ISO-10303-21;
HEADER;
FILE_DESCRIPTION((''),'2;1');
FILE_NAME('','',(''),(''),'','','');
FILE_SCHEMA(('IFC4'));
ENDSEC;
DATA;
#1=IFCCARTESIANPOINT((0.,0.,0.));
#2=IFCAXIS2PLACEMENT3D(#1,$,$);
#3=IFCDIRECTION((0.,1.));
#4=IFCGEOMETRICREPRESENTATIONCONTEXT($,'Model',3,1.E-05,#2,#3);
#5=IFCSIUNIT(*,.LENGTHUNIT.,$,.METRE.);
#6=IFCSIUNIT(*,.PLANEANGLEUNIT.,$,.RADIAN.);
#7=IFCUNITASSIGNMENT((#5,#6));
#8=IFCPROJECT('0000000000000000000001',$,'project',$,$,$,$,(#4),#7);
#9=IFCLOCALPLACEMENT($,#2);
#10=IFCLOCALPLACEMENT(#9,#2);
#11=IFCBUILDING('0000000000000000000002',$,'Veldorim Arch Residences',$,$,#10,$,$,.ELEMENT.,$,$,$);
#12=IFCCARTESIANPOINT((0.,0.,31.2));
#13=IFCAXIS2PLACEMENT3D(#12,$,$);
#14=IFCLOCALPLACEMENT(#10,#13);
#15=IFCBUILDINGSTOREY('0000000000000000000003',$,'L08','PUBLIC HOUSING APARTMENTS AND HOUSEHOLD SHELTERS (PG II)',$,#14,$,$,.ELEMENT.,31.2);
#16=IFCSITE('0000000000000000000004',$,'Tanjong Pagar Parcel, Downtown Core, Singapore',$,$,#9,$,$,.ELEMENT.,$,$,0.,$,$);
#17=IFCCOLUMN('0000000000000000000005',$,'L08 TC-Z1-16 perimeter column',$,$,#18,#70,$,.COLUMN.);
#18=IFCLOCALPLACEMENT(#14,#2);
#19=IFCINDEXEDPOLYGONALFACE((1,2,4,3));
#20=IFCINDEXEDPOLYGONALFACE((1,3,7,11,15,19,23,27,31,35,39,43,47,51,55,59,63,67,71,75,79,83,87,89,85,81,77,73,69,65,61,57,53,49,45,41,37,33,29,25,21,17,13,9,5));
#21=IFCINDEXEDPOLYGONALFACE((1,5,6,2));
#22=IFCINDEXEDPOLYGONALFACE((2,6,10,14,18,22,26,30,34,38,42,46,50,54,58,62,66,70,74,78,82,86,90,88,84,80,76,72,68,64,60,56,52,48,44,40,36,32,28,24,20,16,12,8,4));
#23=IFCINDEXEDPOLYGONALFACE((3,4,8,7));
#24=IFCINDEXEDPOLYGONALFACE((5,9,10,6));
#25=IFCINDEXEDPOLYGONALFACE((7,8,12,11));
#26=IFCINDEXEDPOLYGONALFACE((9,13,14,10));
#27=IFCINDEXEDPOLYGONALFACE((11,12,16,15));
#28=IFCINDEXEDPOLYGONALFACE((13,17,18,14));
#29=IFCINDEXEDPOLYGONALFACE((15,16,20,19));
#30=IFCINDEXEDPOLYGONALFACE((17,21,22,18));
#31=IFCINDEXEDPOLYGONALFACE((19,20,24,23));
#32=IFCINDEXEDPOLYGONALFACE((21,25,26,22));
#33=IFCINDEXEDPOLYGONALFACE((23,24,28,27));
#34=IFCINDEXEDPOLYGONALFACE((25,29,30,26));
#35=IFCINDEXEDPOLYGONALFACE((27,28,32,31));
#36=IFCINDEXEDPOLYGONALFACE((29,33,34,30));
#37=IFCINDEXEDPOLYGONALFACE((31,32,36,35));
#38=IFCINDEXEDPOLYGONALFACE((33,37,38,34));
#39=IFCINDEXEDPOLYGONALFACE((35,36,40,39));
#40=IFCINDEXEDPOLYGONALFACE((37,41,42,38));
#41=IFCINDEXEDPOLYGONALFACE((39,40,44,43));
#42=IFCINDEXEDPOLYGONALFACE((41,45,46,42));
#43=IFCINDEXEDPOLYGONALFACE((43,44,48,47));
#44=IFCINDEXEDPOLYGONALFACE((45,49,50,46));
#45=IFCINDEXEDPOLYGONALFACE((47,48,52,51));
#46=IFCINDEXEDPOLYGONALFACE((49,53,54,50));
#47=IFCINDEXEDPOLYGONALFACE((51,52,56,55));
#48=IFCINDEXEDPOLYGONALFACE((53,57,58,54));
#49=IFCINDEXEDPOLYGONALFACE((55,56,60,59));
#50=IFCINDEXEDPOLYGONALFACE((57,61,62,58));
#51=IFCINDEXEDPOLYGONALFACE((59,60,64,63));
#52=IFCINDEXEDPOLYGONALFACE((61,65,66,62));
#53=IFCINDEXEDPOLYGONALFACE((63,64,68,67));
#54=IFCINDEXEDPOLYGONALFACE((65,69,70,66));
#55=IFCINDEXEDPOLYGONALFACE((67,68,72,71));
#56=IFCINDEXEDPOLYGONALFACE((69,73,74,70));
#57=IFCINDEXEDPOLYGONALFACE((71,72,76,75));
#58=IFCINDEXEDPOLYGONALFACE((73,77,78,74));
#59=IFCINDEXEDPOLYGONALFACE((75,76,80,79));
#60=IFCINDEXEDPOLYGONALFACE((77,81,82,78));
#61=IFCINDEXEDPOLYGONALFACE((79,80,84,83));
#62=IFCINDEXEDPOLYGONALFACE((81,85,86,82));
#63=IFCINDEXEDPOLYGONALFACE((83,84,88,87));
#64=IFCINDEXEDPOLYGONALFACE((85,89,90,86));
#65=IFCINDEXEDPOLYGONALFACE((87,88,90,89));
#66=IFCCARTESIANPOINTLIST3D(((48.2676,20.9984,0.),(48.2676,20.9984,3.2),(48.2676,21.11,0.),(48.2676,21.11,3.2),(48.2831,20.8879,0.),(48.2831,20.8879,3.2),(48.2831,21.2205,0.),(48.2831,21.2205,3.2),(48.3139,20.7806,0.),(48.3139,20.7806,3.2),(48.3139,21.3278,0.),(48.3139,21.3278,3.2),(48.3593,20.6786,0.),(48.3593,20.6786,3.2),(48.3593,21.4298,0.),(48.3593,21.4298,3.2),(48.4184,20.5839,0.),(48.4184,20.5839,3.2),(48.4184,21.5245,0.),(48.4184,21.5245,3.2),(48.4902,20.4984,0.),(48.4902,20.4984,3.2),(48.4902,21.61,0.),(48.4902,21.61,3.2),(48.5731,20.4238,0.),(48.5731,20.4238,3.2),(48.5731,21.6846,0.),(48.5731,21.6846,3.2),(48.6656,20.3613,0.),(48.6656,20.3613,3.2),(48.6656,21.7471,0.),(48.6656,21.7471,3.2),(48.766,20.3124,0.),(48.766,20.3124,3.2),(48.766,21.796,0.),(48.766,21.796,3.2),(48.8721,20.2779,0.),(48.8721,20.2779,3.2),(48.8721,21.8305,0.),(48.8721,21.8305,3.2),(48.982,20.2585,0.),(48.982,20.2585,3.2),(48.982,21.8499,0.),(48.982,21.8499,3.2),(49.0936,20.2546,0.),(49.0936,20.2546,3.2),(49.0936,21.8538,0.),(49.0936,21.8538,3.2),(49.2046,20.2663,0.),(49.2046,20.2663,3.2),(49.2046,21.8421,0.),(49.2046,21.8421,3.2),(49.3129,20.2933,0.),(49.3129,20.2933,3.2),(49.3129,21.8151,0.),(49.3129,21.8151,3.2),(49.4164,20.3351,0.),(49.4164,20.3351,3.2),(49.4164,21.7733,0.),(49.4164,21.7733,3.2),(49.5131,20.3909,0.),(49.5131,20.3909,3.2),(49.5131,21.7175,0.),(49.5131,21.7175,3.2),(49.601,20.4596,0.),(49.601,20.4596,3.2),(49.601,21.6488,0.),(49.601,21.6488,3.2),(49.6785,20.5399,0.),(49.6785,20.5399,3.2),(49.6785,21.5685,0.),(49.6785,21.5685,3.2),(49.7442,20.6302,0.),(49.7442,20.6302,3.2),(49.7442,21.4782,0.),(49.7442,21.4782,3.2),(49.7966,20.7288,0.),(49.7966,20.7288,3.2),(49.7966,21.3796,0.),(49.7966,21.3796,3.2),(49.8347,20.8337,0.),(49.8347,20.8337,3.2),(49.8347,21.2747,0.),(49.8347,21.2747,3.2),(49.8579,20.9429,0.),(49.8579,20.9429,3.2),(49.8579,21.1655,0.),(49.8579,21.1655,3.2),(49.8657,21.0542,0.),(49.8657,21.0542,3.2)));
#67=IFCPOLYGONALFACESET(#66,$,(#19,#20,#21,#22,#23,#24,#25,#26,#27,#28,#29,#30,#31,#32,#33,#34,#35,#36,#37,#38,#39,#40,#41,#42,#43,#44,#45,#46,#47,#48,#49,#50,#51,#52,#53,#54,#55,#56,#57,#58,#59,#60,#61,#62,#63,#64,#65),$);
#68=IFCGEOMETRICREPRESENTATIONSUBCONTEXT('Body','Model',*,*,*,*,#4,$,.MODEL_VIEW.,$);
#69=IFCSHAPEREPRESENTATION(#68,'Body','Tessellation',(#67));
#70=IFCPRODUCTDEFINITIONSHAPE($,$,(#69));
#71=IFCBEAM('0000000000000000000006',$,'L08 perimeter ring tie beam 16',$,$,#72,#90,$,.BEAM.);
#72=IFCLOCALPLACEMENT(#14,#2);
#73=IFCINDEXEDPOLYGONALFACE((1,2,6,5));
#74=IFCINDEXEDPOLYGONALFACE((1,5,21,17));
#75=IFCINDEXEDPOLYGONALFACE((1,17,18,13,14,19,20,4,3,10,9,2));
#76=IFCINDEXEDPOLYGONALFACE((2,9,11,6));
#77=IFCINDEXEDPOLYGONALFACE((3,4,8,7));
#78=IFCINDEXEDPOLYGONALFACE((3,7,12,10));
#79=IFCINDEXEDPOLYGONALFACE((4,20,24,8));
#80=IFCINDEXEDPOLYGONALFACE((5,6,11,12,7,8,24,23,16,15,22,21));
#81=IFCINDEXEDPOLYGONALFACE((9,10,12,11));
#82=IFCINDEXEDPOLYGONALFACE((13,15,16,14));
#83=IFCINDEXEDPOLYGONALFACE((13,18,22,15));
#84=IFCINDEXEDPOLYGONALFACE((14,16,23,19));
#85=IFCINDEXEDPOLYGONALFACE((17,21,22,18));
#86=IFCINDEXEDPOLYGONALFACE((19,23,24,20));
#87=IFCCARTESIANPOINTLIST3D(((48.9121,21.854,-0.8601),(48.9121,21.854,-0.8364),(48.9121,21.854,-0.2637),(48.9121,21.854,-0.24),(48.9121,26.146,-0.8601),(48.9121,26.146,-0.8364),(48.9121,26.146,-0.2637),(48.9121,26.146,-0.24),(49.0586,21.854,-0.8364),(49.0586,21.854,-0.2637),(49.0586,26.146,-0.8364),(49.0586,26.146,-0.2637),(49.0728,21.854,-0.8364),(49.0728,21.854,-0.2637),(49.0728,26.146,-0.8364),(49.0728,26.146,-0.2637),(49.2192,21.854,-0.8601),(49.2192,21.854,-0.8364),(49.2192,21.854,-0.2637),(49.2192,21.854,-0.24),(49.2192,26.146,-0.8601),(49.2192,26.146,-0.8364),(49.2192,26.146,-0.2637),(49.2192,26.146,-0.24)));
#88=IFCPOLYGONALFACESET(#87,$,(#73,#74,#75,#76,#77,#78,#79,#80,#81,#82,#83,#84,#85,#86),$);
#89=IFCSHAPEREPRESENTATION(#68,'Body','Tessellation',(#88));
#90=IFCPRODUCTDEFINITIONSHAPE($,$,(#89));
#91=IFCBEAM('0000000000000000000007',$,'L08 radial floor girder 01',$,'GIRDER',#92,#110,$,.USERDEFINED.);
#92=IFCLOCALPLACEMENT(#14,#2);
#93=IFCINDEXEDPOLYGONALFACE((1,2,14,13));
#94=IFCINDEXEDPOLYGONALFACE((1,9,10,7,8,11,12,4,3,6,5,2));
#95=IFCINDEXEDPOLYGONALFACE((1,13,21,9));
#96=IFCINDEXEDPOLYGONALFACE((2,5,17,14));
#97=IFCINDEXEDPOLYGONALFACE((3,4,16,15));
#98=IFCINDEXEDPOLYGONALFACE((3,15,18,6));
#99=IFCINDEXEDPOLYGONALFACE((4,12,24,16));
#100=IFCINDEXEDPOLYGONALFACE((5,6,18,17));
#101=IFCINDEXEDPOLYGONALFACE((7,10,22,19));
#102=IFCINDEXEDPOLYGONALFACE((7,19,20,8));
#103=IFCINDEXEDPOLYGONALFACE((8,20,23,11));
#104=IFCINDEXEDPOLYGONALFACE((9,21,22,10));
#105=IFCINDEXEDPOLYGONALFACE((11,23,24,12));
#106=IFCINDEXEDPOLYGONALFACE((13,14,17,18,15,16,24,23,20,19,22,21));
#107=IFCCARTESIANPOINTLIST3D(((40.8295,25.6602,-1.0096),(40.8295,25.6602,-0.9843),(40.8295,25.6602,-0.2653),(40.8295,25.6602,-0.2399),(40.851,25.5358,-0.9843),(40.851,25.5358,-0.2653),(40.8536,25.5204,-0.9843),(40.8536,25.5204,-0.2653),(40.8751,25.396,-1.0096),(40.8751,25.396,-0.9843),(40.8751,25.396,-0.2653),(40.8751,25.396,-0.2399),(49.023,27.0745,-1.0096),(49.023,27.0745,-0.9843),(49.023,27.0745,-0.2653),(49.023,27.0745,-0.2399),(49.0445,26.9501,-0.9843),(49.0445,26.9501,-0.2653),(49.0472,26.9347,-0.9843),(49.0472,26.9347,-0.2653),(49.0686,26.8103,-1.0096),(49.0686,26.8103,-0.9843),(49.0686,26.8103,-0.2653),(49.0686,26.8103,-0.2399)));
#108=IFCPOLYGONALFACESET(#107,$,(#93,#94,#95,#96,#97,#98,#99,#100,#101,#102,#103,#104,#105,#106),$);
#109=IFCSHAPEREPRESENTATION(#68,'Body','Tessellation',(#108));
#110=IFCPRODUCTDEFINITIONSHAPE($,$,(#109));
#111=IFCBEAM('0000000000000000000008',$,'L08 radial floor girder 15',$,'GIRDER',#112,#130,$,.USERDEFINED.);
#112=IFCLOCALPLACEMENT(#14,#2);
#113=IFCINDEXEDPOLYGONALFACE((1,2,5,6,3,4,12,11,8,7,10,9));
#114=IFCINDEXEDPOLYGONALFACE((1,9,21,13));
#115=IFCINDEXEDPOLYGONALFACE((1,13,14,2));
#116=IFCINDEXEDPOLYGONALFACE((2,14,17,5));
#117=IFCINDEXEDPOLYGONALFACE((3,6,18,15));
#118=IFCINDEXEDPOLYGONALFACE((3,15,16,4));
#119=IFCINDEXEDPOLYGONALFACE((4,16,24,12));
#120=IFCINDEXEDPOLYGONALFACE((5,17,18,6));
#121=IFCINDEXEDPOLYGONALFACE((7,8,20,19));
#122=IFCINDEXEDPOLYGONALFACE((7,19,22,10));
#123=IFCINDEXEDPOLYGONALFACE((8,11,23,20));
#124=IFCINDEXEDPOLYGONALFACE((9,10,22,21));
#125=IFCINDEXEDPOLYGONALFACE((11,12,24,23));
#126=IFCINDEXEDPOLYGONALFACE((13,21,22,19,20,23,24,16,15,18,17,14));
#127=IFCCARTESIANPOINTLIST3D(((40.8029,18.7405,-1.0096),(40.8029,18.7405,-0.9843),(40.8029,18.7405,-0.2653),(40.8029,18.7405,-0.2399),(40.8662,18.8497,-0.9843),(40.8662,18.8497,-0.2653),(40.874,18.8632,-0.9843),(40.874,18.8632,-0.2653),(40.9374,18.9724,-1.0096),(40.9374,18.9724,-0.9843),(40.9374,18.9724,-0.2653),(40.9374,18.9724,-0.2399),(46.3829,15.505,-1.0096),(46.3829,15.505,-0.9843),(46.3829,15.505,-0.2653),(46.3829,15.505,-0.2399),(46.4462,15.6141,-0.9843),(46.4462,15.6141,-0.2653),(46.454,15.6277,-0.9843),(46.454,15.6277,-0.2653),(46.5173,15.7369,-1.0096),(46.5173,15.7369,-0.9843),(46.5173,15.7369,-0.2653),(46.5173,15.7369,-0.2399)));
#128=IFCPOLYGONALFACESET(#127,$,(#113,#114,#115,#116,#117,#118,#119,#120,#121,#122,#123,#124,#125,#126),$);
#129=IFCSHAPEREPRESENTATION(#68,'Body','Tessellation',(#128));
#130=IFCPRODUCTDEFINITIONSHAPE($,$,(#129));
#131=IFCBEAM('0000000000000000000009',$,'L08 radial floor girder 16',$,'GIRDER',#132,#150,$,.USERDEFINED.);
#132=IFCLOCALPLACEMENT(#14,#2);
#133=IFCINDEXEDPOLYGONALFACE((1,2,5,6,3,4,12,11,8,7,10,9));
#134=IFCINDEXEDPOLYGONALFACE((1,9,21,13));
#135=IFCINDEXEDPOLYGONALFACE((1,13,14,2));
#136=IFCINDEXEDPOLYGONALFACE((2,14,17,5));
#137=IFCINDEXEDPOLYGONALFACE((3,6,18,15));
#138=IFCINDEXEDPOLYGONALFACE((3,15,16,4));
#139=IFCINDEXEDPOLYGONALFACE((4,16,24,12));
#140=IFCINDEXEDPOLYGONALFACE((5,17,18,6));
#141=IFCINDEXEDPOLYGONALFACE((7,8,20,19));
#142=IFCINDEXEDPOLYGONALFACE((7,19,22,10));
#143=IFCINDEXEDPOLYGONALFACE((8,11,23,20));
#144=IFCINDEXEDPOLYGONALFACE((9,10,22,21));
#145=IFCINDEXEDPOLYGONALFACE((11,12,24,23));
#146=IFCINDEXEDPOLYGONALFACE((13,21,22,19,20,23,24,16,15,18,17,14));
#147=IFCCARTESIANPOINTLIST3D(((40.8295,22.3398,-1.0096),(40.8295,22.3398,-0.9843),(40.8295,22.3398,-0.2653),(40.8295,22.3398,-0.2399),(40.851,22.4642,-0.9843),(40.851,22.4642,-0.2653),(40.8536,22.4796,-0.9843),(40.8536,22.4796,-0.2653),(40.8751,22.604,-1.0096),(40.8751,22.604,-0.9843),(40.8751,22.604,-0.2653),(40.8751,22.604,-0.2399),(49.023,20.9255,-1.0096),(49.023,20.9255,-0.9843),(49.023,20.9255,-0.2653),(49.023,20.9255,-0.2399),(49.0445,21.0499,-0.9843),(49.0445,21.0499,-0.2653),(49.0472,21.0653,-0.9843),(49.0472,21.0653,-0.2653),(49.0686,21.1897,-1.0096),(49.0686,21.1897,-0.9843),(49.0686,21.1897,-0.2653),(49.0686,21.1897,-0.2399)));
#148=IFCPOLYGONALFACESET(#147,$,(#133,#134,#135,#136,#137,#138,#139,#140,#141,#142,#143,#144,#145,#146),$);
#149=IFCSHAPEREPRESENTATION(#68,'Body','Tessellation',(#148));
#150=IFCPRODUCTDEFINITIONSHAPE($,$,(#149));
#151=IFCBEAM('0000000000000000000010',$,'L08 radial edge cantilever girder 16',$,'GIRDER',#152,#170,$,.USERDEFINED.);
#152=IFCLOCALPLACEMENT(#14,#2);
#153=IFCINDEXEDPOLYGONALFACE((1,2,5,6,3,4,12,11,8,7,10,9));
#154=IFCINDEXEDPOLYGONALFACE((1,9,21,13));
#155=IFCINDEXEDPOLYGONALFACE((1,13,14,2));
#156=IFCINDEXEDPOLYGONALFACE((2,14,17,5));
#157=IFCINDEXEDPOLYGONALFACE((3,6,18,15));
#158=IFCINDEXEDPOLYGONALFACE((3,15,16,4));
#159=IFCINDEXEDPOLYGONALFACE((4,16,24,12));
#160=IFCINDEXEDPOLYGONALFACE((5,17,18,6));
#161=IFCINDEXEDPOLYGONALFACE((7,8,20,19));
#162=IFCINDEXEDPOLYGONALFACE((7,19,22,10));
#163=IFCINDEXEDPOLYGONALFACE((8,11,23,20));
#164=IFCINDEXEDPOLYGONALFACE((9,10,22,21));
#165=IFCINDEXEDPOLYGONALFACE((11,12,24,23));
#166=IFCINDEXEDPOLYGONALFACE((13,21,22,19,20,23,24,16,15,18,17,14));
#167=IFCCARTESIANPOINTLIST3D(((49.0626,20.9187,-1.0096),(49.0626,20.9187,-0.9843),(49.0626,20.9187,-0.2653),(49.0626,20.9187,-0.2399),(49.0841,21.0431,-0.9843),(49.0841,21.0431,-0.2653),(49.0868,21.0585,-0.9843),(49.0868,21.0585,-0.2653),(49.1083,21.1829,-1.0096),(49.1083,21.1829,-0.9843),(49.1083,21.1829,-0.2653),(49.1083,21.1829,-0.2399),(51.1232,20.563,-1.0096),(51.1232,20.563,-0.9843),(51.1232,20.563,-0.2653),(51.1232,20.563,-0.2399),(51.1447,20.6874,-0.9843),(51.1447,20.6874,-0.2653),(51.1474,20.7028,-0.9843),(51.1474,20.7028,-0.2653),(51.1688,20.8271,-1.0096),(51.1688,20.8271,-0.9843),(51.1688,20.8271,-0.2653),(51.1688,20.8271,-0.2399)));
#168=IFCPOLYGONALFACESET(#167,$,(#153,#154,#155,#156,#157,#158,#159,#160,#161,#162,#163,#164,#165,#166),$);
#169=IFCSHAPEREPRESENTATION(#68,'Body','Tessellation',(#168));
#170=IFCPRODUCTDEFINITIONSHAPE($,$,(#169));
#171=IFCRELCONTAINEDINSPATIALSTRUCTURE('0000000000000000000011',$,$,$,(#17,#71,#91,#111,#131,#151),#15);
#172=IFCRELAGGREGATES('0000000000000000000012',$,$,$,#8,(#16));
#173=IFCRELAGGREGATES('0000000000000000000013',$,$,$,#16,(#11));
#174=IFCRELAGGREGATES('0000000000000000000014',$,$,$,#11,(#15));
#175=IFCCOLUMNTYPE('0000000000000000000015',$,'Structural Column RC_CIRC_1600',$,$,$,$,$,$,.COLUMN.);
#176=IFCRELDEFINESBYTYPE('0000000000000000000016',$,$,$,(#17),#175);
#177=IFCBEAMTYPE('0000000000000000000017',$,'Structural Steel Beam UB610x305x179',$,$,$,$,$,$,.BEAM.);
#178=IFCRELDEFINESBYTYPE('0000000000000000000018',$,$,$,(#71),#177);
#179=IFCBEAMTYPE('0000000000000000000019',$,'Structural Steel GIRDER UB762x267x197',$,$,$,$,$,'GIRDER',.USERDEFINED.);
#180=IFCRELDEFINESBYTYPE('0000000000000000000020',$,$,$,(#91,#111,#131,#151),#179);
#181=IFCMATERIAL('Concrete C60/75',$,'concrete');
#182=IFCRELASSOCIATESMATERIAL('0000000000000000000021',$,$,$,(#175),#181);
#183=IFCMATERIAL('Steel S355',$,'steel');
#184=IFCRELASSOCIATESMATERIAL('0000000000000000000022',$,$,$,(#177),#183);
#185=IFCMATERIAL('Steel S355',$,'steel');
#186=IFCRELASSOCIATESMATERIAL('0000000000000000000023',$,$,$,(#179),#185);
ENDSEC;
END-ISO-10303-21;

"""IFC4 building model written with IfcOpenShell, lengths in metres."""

from ifc_helpers import new_model, si_unit, direction, frame, origin, origin_2d, place, context, subcontext, project, spatial, circle, i_section, extrude, material, material_profile, profile_set, type_object, element, save


model = new_model("IFC4")

# Units and contexts
model_context = context("Model", 3, precision=1e-05, world=origin(), true_north=direction((0.0, 1.0)))
body_context = subcontext(model_context, "Body", "Model", "MODEL_VIEW")
ifc_project = project(units=[si_unit("LENGTHUNIT", "METRE"), si_unit("PLANEANGLEUNIT", "RADIAN")], contexts=[model_context])

# Site, building, storey
site_placement = place(None, origin())
site = spatial("IfcSite", under=ifc_project, at=site_placement, Name="Tanjong Pagar Parcel, Downtown Core, Singapore", CompositionType="ELEMENT", RefElevation=0.0)
building_placement = place(site_placement, origin())
building = spatial("IfcBuilding", under=site, at=building_placement, Name="Veldorim Arch Residences", CompositionType="ELEMENT")
storey_placement = place(building_placement, frame((0.0, 0.0, 31.2)))
storey = spatial("IfcBuildingStorey", under=building, at=storey_placement, Name="L08", Description="PUBLIC HOUSING APARTMENTS AND HOUSEHOLD SHELTERS (PG II)", CompositionType="ELEMENT", Elevation=31.2)

# Column
ifc_material_1 = material(Name="Concrete C60/75", Category="concrete")
ifc_material_profile_1 = material_profile(ifc_material_1, circle(Radius=0.8, at=origin_2d()), Name="RC_CIRC_1600")
ifc_profile_set_1 = profile_set([ifc_material_profile_1], Name="Concrete C60/75")
column_type = type_object("IfcColumnType", Name="Structural Column RC_CIRC_1600", PredefinedType="COLUMN", material=ifc_profile_set_1)
column_placement = place(storey_placement, frame((49.0657, 21.0542, 0.0), z_axis=(0.0, 0.0, 1.0), x_axis=(1.0, 0.0, 0.0)))
element("IfcColumn", 1, at=column_placement, inside=storey, type_object=column_type, Name="L08 TC-Z1-16 perimeter column", PredefinedType="COLUMN", context=body_context, shape_type="SweptSolid", body=[
    extrude(circle(Radius=0.8, at=origin_2d()), origin(), (0.0, 0.0, 1.0), 3.2),
])

# Beams
ifc_material_2 = material(Name="Steel S355", Category="steel")
ifc_material_profile_2 = material_profile(ifc_material_2, i_section(OverallWidth=0.3071, OverallDepth=0.6201, WebThickness=0.0142, FlangeThickness=0.0237, at=origin_2d()), Name="UB610x305x179")
ifc_profile_set_2 = profile_set([ifc_material_profile_2], Name="Steel S355")
beam_type_1 = type_object("IfcBeamType", Name="Structural Steel Beam UB610x305x179", PredefinedType="BEAM", material=ifc_profile_set_2)
beam_1_placement = place(storey_placement, frame((49.0657, 21.854, -0.55), z_axis=(0.0, 1.0, 0.0), x_axis=(-1.0, 0.0, 0.0)))
element("IfcBeam", 2, at=beam_1_placement, inside=storey, type_object=beam_type_1, Name="L08 perimeter ring tie beam 16", PredefinedType="BEAM", context=body_context, shape_type="SweptSolid", body=[
    extrude(i_section(OverallWidth=0.3071, OverallDepth=0.6201, WebThickness=0.0142, FlangeThickness=0.0237, at=origin_2d()), origin(), (0.0, 0.0, 1.0), 4.292),
])
ifc_material_3 = material(Name="Steel S355", Category="steel")
ifc_material_profile_3 = material_profile(ifc_material_3, i_section(OverallWidth=0.2681, OverallDepth=0.7698, WebThickness=0.0156, FlangeThickness=0.0254, at=origin_2d()), Name="UB762x267x197")
ifc_profile_set_3 = profile_set([ifc_material_profile_3], Name="Steel S355")
beam_type_2 = type_object("IfcBeamType", Name="Structural Steel GIRDER UB762x267x197", ElementType="GIRDER", PredefinedType="USERDEFINED", material=ifc_profile_set_3)
beam_2_placement = place(storey_placement, frame((40.8523, 25.5281, -0.6248), z_axis=(0.985428, 0.170096, 0.0), x_axis=(-0.170096, 0.985428, 0.0)))
element("IfcBeam", 3, at=beam_2_placement, inside=storey, type_object=beam_type_2, Name="L08 radial floor girder 01", ObjectType="GIRDER", PredefinedType="USERDEFINED", context=body_context, shape_type="SweptSolid", body=[
    extrude(i_section(OverallWidth=0.2681, OverallDepth=0.7698, WebThickness=0.0156, FlangeThickness=0.0254, at=origin_2d()), origin(), (0.0, 0.0, 1.0), 8.3147),
])
beam_3_placement = place(storey_placement, frame((40.8701, 18.8564, -0.6248), z_axis=(0.865088, -0.50162, 0.0), x_axis=(0.50162, 0.865088, 0.0)))
element("IfcBeam", 4, at=beam_3_placement, inside=storey, type_object=beam_type_2, Name="L08 radial floor girder 15", ObjectType="GIRDER", PredefinedType="USERDEFINED", context=body_context, shape_type="SweptSolid", body=[
    extrude(i_section(OverallWidth=0.2681, OverallDepth=0.7698, WebThickness=0.0156, FlangeThickness=0.0254, at=origin_2d()), origin(), (0.0, 0.0, 1.0), 6.4502),
])
beam_4_placement = place(storey_placement, frame((40.8523, 22.4719, -0.6248), z_axis=(0.985428, -0.170096, 0.0), x_axis=(0.170096, 0.985428, 0.0)))
element("IfcBeam", 5, at=beam_4_placement, inside=storey, type_object=beam_type_2, Name="L08 radial floor girder 16", ObjectType="GIRDER", PredefinedType="USERDEFINED", context=body_context, shape_type="SweptSolid", body=[
    extrude(i_section(OverallWidth=0.2681, OverallDepth=0.7698, WebThickness=0.0156, FlangeThickness=0.0254, at=origin_2d()), origin(), (0.0, 0.0, 1.0), 8.3147),
])
beam_5_placement = place(storey_placement, frame((49.0854, 21.0508, -0.6248), z_axis=(0.985424, -0.170114, 0.0), x_axis=(0.170114, 0.985424, 0.0)))
element("IfcBeam", 6, at=beam_5_placement, inside=storey, type_object=beam_type_2, Name="L08 radial edge cantilever girder 16", ObjectType="GIRDER", PredefinedType="USERDEFINED", context=body_context, shape_type="SweptSolid", body=[
    extrude(i_section(OverallWidth=0.2681, OverallDepth=0.7698, WebThickness=0.0156, FlangeThickness=0.0254, at=origin_2d()), origin(), (0.0, 0.0, 1.0), 2.0911),
])

save(model, "model.ifc")
